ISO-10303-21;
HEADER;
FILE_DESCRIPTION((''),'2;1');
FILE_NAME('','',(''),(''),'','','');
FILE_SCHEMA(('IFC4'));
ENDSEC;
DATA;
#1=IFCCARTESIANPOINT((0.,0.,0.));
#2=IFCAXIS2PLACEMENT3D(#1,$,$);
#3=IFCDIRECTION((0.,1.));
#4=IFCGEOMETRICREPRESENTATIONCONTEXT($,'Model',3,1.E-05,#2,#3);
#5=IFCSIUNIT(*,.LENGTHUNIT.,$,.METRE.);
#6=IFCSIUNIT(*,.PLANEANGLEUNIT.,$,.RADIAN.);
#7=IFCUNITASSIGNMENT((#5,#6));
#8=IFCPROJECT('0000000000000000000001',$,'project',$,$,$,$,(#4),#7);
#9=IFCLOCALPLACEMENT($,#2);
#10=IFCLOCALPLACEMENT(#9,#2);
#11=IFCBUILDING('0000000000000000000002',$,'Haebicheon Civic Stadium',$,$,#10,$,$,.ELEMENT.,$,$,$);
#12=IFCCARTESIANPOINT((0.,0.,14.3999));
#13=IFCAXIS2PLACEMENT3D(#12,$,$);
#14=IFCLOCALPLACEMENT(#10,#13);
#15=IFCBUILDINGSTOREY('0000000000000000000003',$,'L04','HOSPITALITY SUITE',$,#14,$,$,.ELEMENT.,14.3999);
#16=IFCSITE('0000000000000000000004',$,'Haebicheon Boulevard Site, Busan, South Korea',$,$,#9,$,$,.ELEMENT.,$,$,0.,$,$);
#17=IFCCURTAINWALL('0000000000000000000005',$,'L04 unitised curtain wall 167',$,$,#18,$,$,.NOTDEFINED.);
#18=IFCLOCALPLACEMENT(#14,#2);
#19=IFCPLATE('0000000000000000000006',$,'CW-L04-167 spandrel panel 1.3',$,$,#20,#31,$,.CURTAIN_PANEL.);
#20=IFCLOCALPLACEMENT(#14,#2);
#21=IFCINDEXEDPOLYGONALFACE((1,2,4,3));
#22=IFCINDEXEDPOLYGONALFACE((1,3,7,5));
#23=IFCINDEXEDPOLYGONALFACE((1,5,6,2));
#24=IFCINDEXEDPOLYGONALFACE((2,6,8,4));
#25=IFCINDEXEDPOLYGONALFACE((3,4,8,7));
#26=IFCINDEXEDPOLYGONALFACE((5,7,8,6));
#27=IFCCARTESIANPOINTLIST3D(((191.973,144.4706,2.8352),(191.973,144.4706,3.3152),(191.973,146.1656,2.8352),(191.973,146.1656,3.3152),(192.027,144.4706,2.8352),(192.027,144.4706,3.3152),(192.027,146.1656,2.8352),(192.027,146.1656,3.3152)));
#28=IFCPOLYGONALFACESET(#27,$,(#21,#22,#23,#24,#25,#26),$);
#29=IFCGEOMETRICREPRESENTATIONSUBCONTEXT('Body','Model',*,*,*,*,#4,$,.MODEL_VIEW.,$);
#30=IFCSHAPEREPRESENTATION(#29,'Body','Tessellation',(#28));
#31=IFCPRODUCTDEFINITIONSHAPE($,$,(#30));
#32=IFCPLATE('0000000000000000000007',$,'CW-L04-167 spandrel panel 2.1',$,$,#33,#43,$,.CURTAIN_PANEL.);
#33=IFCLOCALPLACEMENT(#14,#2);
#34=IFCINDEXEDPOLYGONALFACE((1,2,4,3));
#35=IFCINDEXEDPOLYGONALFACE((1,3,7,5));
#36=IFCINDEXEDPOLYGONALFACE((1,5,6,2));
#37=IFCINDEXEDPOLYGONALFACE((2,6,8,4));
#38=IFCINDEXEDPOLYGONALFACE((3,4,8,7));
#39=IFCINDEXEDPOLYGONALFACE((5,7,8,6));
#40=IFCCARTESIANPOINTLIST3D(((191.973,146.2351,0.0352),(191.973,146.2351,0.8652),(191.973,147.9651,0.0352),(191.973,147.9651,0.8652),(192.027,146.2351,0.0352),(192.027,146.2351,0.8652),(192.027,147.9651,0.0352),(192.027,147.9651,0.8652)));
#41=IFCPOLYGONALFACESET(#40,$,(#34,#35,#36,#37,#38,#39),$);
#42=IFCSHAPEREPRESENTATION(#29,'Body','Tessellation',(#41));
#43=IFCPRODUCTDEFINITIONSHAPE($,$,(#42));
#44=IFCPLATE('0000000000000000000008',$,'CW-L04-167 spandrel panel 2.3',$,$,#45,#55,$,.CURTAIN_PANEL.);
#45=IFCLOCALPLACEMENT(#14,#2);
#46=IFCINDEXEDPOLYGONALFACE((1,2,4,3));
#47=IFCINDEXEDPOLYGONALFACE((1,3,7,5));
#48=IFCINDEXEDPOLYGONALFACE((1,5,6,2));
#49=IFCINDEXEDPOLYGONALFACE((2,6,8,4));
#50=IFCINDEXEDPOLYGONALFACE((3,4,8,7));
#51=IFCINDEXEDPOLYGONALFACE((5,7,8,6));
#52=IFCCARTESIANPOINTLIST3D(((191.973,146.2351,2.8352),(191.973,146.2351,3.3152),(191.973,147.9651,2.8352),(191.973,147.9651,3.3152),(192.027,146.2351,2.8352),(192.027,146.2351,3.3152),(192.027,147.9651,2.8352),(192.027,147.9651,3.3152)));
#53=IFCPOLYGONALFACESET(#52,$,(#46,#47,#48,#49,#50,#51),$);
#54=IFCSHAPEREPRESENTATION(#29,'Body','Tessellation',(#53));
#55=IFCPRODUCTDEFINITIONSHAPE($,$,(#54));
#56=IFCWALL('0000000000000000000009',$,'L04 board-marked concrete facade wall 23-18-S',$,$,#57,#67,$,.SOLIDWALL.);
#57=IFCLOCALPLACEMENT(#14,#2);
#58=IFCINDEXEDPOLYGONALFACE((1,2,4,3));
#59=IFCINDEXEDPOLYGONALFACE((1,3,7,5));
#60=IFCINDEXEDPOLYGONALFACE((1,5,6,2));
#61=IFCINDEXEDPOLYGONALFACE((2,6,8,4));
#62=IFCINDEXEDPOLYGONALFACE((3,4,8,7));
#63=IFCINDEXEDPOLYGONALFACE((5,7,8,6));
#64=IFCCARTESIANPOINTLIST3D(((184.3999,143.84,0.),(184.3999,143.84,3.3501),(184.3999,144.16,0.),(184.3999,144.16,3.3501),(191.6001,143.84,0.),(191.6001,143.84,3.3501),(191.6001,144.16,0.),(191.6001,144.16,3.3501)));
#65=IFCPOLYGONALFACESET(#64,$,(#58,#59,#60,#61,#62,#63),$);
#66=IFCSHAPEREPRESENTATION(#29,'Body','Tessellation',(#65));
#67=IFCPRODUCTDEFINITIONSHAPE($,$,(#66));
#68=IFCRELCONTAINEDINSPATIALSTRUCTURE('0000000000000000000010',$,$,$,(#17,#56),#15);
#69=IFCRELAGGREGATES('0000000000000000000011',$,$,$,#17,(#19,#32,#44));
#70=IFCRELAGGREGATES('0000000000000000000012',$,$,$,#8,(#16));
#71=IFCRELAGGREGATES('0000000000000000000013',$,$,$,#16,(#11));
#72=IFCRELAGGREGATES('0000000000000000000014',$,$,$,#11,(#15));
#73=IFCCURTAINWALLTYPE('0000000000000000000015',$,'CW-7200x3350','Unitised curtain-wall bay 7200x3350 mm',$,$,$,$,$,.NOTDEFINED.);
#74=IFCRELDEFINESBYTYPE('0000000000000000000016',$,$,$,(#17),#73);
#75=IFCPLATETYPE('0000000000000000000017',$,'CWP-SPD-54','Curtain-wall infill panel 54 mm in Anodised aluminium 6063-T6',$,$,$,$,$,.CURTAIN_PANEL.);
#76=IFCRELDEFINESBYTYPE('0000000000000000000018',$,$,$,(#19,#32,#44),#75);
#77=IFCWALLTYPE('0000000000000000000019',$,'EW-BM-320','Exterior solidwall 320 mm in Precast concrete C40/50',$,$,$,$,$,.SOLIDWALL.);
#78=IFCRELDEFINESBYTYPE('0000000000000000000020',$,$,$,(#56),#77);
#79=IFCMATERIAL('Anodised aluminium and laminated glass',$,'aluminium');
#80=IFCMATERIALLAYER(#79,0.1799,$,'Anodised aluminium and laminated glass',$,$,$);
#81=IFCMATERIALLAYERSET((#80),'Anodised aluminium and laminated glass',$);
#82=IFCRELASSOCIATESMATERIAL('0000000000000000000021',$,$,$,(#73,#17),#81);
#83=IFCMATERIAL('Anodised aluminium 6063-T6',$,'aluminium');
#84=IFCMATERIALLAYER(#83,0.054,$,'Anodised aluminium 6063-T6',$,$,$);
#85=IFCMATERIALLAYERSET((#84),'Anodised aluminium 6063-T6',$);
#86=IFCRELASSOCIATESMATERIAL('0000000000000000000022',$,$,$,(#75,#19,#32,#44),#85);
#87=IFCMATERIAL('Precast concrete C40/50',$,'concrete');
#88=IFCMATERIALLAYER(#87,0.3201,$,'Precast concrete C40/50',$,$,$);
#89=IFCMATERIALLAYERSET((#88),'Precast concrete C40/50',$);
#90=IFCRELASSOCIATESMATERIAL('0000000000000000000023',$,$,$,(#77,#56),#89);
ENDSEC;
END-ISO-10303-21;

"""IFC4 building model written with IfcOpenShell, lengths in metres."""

from ifc_helpers import new_model, si_unit, direction, frame, frame_2d, origin, origin_2d, place, context, subcontext, project, spatial, rectangle, extrude, material, layer, layer_set, type_object, element, aggregate, save


model = new_model("IFC4")

# Units and contexts
model_context = context("Model", 3, precision=1e-05, world=origin(), true_north=direction((0.0, 1.0)))
body_context = subcontext(model_context, "Body", "Model", "MODEL_VIEW")
ifc_project = project(units=[si_unit("LENGTHUNIT", "METRE"), si_unit("PLANEANGLEUNIT", "RADIAN")], contexts=[model_context])

# Site, building, storey
site_placement = place(None, origin())
site = spatial("IfcSite", under=ifc_project, at=site_placement, Name="Haebicheon Boulevard Site, Busan, South Korea", CompositionType="ELEMENT", RefElevation=0.0)
building_placement = place(site_placement, origin())
building = spatial("IfcBuilding", under=site, at=building_placement, Name="Haebicheon Civic Stadium", CompositionType="ELEMENT")
storey_placement = place(building_placement, frame((0.0, 0.0, 14.3999)))
storey = spatial("IfcBuildingStorey", under=building, at=storey_placement, Name="L04", Description="HOSPITALITY SUITE", CompositionType="ELEMENT", Elevation=14.3999)

# Curtain wall
ifc_material_1 = material(Name="Anodised aluminium and laminated glass", Category="aluminium")
ifc_layer_1 = layer(ifc_material_1, 0.1799, Name="Anodised aluminium and laminated glass")
ifc_layer_set_1 = layer_set([ifc_layer_1], Name="Anodised aluminium and laminated glass")
curtain_wall_type = type_object("IfcCurtainWallType", Name="CW-7200x3350", Description="Unitised curtain-wall bay 7200x3350 mm", PredefinedType="NOTDEFINED", material=ifc_layer_set_1)
curtain_wall_1_placement = place(storey_placement, origin())
curtain_wall_1 = element("IfcCurtainWall", 1, at=curtain_wall_1_placement, inside=storey, type_object=curtain_wall_type, material=ifc_layer_set_1, Name="L04 unitised curtain wall 167", PredefinedType="NOTDEFINED")

# Plates
ifc_material_2 = material(Name="Anodised aluminium 6063-T6", Category="aluminium")
ifc_layer_2 = layer(ifc_material_2, 0.054, Name="Anodised aluminium 6063-T6")
ifc_layer_set_2 = layer_set([ifc_layer_2], Name="Anodised aluminium 6063-T6")
plate_type_1 = type_object("IfcPlateType", Name="CWP-SPD-54", Description="Curtain-wall infill panel 54 mm in Anodised aluminium 6063-T6", PredefinedType="CURTAIN_PANEL", material=ifc_layer_set_2)
plate_1_placement = place(storey_placement, frame((192.0, 145.3181, 2.8352), z_axis=(0.0, 0.0, 1.0), x_axis=(0.0, 1.0, 0.0)))
plate_1 = element("IfcPlate", 2, at=plate_1_placement, type_object=plate_type_1, material=ifc_layer_set_2, Name="CW-L04-167 spandrel panel 1.3", PredefinedType="CURTAIN_PANEL", context=body_context, shape_type="SweptSolid", body=[
    extrude(rectangle(XDim=1.6951, YDim=0.054, at=origin_2d()), origin(), (0.0, 0.0, 1.0), 0.48),
])
plate_2_placement = place(storey_placement, frame((192.0, 147.1001, 0.0352), z_axis=(0.0, 0.0, 1.0), x_axis=(0.0, 1.0, 0.0)))
plate_2 = element("IfcPlate", 3, at=plate_2_placement, type_object=plate_type_1, material=ifc_layer_set_2, Name="CW-L04-167 spandrel panel 2.1", PredefinedType="CURTAIN_PANEL", context=body_context, shape_type="SweptSolid", body=[
    extrude(rectangle(XDim=1.73, YDim=0.054, at=origin_2d()), origin(), (0.0, 0.0, 1.0), 0.8301),
])
plate_3_placement = place(storey_placement, frame((192.0, 147.1001, 2.8352), z_axis=(0.0, 0.0, 1.0), x_axis=(0.0, 1.0, 0.0)))
plate_3 = element("IfcPlate", 4, at=plate_3_placement, type_object=plate_type_1, material=ifc_layer_set_2, Name="CW-L04-167 spandrel panel 2.3", PredefinedType="CURTAIN_PANEL", context=body_context, shape_type="SweptSolid", body=[
    extrude(rectangle(XDim=1.73, YDim=0.054, at=origin_2d()), origin(), (0.0, 0.0, 1.0), 0.48),
])
aggregate(curtain_wall_1, [plate_1, plate_2, plate_3])

# Wall
ifc_material_3 = material(Name="Precast concrete C40/50", Category="concrete")
ifc_layer_3 = layer(ifc_material_3, 0.3201, Name="Precast concrete C40/50")
ifc_layer_set_3 = layer_set([ifc_layer_3], Name="Precast concrete C40/50")
wall_type = type_object("IfcWallType", Name="EW-BM-320", Description="Exterior solidwall 320 mm in Precast concrete C40/50", PredefinedType="SOLIDWALL", material=ifc_layer_set_3)
wall_placement = place(storey_placement, frame((184.3999, 144.0, 0.0), z_axis=(0.0, 0.0, 1.0), x_axis=(1.0, 0.0, 0.0)))
element("IfcWall", 5, at=wall_placement, inside=storey, type_object=wall_type, material=ifc_layer_set_3, Name="L04 board-marked concrete facade wall 23-18-S", PredefinedType="SOLIDWALL", context=body_context, shape_type="SweptSolid", body=[
    extrude(rectangle(XDim=7.2002, YDim=0.3201, at=frame_2d((3.6001, 0.0))), origin(), (0.0, 0.0, 1.0), 3.3501),
])

save(model, "model.ifc")
